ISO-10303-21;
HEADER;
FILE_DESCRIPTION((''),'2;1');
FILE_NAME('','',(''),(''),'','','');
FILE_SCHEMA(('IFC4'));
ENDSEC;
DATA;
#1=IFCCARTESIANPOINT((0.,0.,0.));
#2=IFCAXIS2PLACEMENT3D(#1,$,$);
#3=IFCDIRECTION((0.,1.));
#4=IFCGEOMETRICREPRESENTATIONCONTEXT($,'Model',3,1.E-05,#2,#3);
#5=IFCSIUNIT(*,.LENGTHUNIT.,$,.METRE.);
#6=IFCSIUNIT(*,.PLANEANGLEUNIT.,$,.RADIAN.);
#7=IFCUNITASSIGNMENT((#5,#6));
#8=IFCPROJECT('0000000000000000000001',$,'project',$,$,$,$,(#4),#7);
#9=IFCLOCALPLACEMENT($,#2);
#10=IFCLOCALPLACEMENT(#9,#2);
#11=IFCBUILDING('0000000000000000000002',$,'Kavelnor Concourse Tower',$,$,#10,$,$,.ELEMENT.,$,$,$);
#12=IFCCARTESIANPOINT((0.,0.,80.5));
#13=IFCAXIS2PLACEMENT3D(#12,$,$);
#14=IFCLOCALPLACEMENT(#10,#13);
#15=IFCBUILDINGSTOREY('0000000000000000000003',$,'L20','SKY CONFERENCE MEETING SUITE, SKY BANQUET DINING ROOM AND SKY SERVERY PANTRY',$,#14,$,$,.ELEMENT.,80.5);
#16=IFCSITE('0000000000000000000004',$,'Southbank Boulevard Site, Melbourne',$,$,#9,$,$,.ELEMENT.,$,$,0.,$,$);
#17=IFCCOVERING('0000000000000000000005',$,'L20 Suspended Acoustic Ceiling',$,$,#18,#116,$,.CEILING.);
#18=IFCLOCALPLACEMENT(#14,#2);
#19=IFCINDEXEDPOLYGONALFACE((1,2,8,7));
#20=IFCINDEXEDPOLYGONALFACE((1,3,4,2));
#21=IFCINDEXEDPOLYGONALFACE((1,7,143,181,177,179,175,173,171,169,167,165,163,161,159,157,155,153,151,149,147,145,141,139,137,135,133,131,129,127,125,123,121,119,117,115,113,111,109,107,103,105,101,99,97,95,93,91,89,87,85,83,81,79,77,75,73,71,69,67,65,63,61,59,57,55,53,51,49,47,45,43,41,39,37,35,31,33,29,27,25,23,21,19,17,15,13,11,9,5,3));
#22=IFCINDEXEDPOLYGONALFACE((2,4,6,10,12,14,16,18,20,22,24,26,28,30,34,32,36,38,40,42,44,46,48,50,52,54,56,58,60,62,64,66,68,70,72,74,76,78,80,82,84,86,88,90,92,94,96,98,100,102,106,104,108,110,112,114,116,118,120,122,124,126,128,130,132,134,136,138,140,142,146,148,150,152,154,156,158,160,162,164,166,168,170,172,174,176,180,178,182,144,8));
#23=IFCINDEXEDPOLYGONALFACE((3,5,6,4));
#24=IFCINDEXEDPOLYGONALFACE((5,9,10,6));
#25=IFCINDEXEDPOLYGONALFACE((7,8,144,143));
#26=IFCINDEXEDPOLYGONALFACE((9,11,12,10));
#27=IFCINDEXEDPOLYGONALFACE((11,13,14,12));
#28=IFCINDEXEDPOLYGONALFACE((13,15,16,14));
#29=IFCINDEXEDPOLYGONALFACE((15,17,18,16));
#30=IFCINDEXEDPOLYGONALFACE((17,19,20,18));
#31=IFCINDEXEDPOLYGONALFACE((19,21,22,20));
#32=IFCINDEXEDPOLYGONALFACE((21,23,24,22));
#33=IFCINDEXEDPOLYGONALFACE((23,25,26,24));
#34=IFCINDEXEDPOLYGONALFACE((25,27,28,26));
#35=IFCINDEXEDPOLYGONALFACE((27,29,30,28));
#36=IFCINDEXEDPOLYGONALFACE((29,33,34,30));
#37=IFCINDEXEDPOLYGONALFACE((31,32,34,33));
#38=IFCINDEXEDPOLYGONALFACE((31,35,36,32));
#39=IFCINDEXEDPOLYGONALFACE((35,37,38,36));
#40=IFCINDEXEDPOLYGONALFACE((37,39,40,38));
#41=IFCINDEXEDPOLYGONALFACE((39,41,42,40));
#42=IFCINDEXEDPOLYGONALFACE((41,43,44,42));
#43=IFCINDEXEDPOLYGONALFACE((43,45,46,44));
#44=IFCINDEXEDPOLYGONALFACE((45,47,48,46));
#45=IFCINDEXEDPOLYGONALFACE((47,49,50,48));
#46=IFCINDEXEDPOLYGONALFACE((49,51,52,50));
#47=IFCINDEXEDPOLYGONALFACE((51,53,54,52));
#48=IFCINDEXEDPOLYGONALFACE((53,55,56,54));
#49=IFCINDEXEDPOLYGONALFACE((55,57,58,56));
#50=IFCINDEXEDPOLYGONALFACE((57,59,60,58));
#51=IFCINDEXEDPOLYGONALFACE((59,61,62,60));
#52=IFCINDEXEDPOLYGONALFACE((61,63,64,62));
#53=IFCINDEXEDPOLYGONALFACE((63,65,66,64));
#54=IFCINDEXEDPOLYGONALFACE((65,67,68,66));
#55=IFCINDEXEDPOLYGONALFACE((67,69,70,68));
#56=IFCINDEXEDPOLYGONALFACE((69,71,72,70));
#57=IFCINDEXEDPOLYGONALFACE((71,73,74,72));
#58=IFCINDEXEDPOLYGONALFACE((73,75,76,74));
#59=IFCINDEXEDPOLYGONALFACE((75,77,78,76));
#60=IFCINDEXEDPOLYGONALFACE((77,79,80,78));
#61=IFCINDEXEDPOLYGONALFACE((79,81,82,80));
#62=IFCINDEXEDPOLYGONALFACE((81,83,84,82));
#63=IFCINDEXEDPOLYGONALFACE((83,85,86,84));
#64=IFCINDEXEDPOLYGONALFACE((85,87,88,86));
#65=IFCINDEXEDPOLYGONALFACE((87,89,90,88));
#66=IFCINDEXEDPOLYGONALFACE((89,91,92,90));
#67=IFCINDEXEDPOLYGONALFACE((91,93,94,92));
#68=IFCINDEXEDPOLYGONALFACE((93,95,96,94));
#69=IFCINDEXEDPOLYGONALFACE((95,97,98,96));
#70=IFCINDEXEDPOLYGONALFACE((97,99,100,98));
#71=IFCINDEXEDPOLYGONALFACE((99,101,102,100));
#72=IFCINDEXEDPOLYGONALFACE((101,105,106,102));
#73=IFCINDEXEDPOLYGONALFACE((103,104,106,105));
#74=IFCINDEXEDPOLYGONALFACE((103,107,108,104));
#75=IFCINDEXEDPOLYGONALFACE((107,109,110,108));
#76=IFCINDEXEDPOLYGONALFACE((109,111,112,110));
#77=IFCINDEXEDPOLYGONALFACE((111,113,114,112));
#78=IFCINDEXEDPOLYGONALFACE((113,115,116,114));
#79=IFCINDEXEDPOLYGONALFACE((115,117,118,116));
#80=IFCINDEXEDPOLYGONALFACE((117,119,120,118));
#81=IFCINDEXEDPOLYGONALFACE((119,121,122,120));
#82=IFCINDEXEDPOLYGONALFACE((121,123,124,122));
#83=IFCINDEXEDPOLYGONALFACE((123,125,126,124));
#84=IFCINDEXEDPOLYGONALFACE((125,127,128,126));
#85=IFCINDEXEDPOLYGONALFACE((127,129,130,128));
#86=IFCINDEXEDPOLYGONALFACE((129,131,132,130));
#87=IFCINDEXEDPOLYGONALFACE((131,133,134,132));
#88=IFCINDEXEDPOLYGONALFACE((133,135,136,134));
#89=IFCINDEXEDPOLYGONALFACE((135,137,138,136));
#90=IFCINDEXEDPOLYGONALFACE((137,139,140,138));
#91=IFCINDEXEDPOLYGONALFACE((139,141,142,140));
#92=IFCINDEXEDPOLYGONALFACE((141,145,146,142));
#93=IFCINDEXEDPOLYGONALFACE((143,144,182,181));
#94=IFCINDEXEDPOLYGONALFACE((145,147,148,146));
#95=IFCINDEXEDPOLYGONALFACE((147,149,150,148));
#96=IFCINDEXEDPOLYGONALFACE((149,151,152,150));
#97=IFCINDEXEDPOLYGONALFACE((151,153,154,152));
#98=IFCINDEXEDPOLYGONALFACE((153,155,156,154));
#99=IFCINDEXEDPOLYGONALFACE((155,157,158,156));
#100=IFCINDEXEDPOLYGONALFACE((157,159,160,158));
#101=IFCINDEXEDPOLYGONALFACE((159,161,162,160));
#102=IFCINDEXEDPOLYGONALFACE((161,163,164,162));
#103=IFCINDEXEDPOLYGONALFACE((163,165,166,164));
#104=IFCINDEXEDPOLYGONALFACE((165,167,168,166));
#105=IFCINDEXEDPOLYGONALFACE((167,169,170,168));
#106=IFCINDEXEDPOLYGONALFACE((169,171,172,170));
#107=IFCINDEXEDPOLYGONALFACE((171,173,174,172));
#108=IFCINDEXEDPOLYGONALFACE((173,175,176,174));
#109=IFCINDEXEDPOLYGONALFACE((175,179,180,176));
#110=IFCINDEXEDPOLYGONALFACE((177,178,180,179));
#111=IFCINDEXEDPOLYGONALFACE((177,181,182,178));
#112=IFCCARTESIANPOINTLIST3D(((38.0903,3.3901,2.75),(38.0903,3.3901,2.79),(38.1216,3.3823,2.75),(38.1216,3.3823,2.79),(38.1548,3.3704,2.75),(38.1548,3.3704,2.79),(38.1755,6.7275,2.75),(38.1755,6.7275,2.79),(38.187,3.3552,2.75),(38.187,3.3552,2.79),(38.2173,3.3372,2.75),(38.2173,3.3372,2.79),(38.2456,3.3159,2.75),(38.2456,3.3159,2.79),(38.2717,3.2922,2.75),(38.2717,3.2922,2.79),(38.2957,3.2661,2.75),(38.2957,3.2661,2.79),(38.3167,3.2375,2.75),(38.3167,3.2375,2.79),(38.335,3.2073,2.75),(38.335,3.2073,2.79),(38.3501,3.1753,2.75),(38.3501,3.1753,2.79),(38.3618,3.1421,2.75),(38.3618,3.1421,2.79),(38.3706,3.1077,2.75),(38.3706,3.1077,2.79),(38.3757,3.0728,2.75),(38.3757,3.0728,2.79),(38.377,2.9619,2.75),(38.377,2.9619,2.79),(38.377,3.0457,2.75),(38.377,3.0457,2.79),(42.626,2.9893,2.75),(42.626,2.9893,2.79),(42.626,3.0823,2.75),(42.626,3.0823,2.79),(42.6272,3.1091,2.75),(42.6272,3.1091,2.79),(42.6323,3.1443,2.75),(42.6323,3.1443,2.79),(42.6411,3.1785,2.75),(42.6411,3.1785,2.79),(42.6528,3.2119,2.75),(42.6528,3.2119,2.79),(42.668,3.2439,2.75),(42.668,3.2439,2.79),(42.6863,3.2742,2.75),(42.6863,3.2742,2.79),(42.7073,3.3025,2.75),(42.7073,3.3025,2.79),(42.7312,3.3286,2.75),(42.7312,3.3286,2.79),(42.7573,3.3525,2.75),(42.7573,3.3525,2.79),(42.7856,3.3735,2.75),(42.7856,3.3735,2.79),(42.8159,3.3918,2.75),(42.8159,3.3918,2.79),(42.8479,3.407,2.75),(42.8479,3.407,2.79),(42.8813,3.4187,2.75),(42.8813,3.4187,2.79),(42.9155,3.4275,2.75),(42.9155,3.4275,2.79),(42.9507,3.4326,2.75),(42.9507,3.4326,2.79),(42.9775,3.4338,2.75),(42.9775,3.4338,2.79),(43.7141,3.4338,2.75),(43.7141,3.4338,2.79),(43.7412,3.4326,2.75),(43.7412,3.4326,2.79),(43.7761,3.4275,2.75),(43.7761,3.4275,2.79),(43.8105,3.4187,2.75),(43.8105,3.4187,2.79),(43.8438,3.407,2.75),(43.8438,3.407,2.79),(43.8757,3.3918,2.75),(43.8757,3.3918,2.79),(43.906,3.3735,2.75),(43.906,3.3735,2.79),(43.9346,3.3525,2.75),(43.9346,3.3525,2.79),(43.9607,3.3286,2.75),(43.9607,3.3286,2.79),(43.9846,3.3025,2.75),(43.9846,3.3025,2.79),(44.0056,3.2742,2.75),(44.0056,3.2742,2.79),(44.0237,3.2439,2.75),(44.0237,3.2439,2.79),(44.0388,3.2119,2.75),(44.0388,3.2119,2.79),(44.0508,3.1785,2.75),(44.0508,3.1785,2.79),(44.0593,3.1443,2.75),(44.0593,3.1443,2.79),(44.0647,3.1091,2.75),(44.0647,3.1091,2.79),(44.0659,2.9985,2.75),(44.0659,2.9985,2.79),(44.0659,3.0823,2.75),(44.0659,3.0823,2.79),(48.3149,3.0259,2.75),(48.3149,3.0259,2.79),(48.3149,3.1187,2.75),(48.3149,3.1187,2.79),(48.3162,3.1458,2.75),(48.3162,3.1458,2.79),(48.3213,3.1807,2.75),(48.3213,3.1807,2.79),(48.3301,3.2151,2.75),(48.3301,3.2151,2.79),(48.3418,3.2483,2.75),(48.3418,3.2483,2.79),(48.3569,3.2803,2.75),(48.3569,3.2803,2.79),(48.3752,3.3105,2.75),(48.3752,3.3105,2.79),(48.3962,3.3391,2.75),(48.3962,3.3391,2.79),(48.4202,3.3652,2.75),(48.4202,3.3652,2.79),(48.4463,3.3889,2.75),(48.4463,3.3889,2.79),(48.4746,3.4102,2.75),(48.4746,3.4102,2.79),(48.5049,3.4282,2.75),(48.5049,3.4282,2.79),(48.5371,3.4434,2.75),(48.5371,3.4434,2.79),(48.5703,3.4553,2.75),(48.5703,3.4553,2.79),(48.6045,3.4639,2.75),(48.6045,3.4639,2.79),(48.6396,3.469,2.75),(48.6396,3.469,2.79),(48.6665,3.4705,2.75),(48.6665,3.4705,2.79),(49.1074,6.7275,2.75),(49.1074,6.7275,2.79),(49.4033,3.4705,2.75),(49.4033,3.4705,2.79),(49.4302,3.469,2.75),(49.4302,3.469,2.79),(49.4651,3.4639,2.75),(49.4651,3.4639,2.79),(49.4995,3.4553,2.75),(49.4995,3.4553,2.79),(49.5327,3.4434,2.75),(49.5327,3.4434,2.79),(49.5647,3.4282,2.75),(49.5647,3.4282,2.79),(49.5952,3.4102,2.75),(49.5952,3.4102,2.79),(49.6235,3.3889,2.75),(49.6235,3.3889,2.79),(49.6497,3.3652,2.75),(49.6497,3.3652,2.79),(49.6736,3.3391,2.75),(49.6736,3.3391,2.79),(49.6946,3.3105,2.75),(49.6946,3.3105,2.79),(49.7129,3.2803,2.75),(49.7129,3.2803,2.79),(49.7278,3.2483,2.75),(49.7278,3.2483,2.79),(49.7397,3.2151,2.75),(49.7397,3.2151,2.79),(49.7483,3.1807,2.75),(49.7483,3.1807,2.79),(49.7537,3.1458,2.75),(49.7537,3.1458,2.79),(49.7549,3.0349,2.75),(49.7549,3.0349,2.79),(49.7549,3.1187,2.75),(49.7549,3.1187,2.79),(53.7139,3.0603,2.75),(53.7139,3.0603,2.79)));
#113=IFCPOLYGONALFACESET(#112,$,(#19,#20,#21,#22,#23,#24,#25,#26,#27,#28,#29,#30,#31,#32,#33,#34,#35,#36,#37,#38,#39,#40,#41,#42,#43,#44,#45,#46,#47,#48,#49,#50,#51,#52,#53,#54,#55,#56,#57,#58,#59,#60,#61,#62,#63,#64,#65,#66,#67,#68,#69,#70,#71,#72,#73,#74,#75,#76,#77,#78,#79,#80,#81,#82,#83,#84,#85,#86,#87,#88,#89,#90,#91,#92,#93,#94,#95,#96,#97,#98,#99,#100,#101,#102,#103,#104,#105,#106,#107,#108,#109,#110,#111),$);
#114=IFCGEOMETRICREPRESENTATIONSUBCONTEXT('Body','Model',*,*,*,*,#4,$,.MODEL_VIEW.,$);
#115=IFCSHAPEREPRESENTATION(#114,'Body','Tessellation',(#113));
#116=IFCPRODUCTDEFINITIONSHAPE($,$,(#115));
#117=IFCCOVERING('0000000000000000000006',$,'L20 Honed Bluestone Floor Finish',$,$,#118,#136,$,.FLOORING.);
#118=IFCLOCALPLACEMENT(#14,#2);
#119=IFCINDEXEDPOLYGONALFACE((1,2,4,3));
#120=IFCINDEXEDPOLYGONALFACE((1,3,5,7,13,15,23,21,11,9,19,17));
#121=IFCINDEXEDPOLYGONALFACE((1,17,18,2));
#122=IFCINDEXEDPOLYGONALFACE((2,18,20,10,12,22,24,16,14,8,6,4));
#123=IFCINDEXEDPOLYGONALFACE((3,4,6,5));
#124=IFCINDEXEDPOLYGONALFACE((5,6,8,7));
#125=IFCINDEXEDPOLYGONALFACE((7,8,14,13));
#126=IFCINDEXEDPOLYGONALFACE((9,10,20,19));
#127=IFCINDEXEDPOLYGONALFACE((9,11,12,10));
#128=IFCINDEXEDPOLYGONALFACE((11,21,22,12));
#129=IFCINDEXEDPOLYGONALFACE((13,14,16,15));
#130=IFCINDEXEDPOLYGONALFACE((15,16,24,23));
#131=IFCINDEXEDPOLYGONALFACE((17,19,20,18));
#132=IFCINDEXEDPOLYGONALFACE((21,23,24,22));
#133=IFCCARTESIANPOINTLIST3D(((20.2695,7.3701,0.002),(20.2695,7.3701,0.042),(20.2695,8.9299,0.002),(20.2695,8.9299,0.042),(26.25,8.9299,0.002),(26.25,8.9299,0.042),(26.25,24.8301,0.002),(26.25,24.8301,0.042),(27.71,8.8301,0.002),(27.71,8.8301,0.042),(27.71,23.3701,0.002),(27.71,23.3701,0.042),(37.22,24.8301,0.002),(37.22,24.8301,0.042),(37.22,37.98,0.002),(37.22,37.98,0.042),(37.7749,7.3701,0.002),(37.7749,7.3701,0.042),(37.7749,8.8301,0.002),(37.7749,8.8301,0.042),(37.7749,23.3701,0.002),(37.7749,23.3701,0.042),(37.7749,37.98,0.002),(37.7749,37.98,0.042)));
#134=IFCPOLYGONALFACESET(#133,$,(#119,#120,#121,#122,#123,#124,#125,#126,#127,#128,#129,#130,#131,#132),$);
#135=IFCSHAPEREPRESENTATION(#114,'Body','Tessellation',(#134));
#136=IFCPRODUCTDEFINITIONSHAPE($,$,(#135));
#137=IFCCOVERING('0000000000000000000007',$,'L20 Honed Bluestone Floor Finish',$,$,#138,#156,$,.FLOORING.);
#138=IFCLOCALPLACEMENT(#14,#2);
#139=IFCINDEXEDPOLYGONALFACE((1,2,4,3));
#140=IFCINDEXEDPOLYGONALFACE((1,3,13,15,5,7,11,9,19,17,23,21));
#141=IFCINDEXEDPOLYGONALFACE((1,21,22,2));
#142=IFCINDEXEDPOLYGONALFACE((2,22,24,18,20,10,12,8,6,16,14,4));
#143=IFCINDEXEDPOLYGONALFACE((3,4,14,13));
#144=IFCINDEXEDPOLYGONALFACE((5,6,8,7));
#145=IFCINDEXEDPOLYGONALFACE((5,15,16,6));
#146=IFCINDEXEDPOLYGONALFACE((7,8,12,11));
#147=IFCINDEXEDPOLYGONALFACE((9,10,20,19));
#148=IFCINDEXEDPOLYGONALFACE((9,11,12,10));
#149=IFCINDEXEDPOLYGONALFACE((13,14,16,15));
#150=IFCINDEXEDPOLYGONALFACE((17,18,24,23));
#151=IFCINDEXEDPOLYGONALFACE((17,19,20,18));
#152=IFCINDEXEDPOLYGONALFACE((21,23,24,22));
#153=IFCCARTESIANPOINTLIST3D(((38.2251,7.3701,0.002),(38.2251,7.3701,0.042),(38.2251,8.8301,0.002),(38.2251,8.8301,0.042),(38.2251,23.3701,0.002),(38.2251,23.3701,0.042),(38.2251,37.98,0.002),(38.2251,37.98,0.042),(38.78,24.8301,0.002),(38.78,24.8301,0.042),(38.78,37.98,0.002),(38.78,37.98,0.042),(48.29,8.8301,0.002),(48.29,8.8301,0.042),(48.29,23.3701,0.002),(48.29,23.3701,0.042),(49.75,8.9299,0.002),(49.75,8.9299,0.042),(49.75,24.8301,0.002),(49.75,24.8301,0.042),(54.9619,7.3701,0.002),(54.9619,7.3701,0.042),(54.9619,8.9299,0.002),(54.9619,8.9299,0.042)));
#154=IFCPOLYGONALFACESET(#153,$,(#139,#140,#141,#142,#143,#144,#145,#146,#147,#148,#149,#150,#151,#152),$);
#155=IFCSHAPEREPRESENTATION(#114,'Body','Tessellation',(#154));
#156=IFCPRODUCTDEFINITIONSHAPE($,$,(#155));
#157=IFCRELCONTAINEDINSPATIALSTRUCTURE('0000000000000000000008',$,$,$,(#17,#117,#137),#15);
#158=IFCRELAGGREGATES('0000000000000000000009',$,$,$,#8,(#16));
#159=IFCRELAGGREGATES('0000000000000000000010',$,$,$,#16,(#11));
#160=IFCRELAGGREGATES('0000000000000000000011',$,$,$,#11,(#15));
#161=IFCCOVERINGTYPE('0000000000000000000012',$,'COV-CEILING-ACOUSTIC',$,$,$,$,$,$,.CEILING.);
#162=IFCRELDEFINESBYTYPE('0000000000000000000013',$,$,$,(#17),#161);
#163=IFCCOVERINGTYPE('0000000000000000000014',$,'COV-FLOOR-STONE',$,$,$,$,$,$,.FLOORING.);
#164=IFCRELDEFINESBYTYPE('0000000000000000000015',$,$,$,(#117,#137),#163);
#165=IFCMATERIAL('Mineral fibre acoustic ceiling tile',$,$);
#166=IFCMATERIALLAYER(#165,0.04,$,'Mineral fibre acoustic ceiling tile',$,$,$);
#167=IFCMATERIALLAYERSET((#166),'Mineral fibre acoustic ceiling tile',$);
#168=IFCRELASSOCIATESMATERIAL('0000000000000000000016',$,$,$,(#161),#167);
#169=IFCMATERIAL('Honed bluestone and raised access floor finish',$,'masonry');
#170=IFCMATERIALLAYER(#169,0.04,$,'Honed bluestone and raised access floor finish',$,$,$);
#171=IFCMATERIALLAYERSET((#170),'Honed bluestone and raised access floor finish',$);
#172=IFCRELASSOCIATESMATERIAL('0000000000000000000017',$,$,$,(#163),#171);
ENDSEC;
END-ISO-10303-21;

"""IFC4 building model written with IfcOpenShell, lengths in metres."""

from ifc_helpers import new_model, si_unit, direction, frame, origin, place, context, subcontext, project, spatial, polyline, outline, extrude, material, layer, layer_set, type_object, element, save


model = new_model("IFC4")

# Units and contexts
model_context = context("Model", 3, precision=1e-05, world=origin(), true_north=direction((0.0, 1.0)))
body_context = subcontext(model_context, "Body", "Model", "MODEL_VIEW")
ifc_project = project(units=[si_unit("LENGTHUNIT", "METRE"), si_unit("PLANEANGLEUNIT", "RADIAN")], contexts=[model_context])

# Site, building, storey
site_placement = place(None, origin())
site = spatial("IfcSite", under=ifc_project, at=site_placement, Name="Southbank Boulevard Site, Melbourne", CompositionType="ELEMENT", RefElevation=0.0)
building_placement = place(site_placement, origin())
building = spatial("IfcBuilding", under=site, at=building_placement, Name="Kavelnor Concourse Tower", CompositionType="ELEMENT")
storey_placement = place(building_placement, frame((0.0, 0.0, 80.5)))
storey = spatial("IfcBuildingStorey", under=building, at=storey_placement, Name="L20", Description="SKY CONFERENCE MEETING SUITE, SKY BANQUET DINING ROOM AND SKY SERVERY PANTRY", CompositionType="ELEMENT", Elevation=80.5)

# Coverings
ifc_material_1 = material(Name="Mineral fibre acoustic ceiling tile")
ifc_layer_1 = layer(ifc_material_1, 0.04, Name="Mineral fibre acoustic ceiling tile")
ifc_layer_set_1 = layer_set([ifc_layer_1], Name="Mineral fibre acoustic ceiling tile")
covering_type_1 = type_object("IfcCoveringType", Name="COV-CEILING-ACOUSTIC", PredefinedType="CEILING", material=ifc_layer_set_1)
covering_1_placement = place(storey_placement, frame((0.0, 0.0, 2.75)))
element("IfcCovering", 1, at=covering_1_placement, inside=storey, type_object=covering_type_1, Name="L20 Suspended Acoustic Ceiling", PredefinedType="CEILING", context=body_context, shape_type="SweptSolid", body=[
    extrude(outline(polyline([(38.1755, 6.7275), (49.1074, 6.7275), (53.7139, 3.0603), (49.7549, 3.0349), (49.7549, 3.1187), (49.7537, 3.1458), (49.7483, 3.1807), (49.7397, 3.2151), (49.7278, 3.2483), (49.7129, 3.2803), (49.6946, 3.3105), (49.6736, 3.3391), (49.6497, 3.3652), (49.6235, 3.3889), (49.5952, 3.4102), (49.5647, 3.4282), (49.5327, 3.4434), (49.4995, 3.4553), (49.4651, 3.4639), (49.4302, 3.469), (49.4033, 3.4705), (48.6665, 3.4705), (48.6396, 3.469), (48.6045, 3.4639), (48.5703, 3.4553), (48.5371, 3.4434), (48.5049, 3.4282), (48.4746, 3.4102), (48.4463, 3.3889), (48.4202, 3.3652), (48.3962, 3.3391), (48.3752, 3.3105), (48.3569, 3.2803), (48.3418, 3.2483), (48.3301, 3.2151), (48.3213, 3.1807), (48.3162, 3.1458), (48.3149, 3.1187), (48.3149, 3.0259), (44.0659, 2.9985), (44.0659, 3.0823), (44.0647, 3.1091), (44.0593, 3.1443), (44.0508, 3.1785), (44.0388, 3.2119), (44.0237, 3.2439), (44.0056, 3.2742), (43.9846, 3.3025), (43.9607, 3.3286), (43.9346, 3.3525), (43.906, 3.3735), (43.8757, 3.3918), (43.8438, 3.407), (43.8105, 3.4187), (43.7761, 3.4275), (43.7412, 3.4326), (43.7141, 3.4338), (42.9775, 3.4338), (42.9507, 3.4326), (42.9155, 3.4275), (42.8813, 3.4187), (42.8479, 3.407), (42.8159, 3.3918), (42.7856, 3.3735), (42.7573, 3.3525), (42.7312, 3.3286), (42.7073, 3.3025), (42.6863, 3.2742), (42.668, 3.2439), (42.6528, 3.2119), (42.6411, 3.1785), (42.6323, 3.1443), (42.6272, 3.1091), (42.626, 3.0823), (42.626, 2.9893), (38.377, 2.9619), (38.377, 3.0457), (38.3757, 3.0728), (38.3706, 3.1077), (38.3618, 3.1421), (38.3501, 3.1753), (38.335, 3.2073), (38.3167, 3.2375), (38.2957, 3.2661), (38.2717, 3.2922), (38.2456, 3.3159), (38.2173, 3.3372), (38.187, 3.3552), (38.1548, 3.3704), (38.1216, 3.3823), (38.0903, 3.3901), (38.1755, 6.7275)])), origin(), (0.0, 0.0, 1.0), 0.04),
])
ifc_material_2 = material(Name="Honed bluestone and raised access floor finish", Category="masonry")
ifc_layer_2 = layer(ifc_material_2, 0.04, Name="Honed bluestone and raised access floor finish")
ifc_layer_set_2 = layer_set([ifc_layer_2], Name="Honed bluestone and raised access floor finish")
covering_type_2 = type_object("IfcCoveringType", Name="COV-FLOOR-STONE", PredefinedType="FLOORING", material=ifc_layer_set_2)
covering_2_placement = place(storey_placement, frame((0.0, 0.0, 0.002)))
element("IfcCovering", 2, at=covering_2_placement, inside=storey, type_object=covering_type_2, Name="L20 Honed Bluestone Floor Finish", PredefinedType="FLOORING", context=body_context, shape_type="SweptSolid", body=[
    extrude(outline(polyline([(37.22, 37.98), (37.7749, 37.98), (37.7749, 23.3701), (27.71, 23.3701), (27.71, 8.8301), (37.7749, 8.8301), (37.7749, 7.3701), (20.2695, 7.3701), (20.2695, 8.9299), (26.25, 8.9299), (26.25, 24.8301), (37.22, 24.8301), (37.22, 37.98)])), origin(), (0.0, 0.0, 1.0), 0.04),
])
covering_3_placement = place(storey_placement, frame((0.0, 0.0, 0.002)))
element("IfcCovering", 3, at=covering_3_placement, inside=storey, type_object=covering_type_2, Name="L20 Honed Bluestone Floor Finish", PredefinedType="FLOORING", context=body_context, shape_type="SweptSolid", body=[
    extrude(outline(polyline([(38.78, 37.98), (38.78, 24.8301), (49.75, 24.8301), (49.75, 8.9299), (54.9619, 8.9299), (54.9619, 7.3701), (38.2251, 7.3701), (38.2251, 8.8301), (48.29, 8.8301), (48.29, 23.3701), (38.2251, 23.3701), (38.2251, 37.98), (38.78, 37.98)])), origin(), (0.0, 0.0, 1.0), 0.04),
])

save(model, "model.ifc")
